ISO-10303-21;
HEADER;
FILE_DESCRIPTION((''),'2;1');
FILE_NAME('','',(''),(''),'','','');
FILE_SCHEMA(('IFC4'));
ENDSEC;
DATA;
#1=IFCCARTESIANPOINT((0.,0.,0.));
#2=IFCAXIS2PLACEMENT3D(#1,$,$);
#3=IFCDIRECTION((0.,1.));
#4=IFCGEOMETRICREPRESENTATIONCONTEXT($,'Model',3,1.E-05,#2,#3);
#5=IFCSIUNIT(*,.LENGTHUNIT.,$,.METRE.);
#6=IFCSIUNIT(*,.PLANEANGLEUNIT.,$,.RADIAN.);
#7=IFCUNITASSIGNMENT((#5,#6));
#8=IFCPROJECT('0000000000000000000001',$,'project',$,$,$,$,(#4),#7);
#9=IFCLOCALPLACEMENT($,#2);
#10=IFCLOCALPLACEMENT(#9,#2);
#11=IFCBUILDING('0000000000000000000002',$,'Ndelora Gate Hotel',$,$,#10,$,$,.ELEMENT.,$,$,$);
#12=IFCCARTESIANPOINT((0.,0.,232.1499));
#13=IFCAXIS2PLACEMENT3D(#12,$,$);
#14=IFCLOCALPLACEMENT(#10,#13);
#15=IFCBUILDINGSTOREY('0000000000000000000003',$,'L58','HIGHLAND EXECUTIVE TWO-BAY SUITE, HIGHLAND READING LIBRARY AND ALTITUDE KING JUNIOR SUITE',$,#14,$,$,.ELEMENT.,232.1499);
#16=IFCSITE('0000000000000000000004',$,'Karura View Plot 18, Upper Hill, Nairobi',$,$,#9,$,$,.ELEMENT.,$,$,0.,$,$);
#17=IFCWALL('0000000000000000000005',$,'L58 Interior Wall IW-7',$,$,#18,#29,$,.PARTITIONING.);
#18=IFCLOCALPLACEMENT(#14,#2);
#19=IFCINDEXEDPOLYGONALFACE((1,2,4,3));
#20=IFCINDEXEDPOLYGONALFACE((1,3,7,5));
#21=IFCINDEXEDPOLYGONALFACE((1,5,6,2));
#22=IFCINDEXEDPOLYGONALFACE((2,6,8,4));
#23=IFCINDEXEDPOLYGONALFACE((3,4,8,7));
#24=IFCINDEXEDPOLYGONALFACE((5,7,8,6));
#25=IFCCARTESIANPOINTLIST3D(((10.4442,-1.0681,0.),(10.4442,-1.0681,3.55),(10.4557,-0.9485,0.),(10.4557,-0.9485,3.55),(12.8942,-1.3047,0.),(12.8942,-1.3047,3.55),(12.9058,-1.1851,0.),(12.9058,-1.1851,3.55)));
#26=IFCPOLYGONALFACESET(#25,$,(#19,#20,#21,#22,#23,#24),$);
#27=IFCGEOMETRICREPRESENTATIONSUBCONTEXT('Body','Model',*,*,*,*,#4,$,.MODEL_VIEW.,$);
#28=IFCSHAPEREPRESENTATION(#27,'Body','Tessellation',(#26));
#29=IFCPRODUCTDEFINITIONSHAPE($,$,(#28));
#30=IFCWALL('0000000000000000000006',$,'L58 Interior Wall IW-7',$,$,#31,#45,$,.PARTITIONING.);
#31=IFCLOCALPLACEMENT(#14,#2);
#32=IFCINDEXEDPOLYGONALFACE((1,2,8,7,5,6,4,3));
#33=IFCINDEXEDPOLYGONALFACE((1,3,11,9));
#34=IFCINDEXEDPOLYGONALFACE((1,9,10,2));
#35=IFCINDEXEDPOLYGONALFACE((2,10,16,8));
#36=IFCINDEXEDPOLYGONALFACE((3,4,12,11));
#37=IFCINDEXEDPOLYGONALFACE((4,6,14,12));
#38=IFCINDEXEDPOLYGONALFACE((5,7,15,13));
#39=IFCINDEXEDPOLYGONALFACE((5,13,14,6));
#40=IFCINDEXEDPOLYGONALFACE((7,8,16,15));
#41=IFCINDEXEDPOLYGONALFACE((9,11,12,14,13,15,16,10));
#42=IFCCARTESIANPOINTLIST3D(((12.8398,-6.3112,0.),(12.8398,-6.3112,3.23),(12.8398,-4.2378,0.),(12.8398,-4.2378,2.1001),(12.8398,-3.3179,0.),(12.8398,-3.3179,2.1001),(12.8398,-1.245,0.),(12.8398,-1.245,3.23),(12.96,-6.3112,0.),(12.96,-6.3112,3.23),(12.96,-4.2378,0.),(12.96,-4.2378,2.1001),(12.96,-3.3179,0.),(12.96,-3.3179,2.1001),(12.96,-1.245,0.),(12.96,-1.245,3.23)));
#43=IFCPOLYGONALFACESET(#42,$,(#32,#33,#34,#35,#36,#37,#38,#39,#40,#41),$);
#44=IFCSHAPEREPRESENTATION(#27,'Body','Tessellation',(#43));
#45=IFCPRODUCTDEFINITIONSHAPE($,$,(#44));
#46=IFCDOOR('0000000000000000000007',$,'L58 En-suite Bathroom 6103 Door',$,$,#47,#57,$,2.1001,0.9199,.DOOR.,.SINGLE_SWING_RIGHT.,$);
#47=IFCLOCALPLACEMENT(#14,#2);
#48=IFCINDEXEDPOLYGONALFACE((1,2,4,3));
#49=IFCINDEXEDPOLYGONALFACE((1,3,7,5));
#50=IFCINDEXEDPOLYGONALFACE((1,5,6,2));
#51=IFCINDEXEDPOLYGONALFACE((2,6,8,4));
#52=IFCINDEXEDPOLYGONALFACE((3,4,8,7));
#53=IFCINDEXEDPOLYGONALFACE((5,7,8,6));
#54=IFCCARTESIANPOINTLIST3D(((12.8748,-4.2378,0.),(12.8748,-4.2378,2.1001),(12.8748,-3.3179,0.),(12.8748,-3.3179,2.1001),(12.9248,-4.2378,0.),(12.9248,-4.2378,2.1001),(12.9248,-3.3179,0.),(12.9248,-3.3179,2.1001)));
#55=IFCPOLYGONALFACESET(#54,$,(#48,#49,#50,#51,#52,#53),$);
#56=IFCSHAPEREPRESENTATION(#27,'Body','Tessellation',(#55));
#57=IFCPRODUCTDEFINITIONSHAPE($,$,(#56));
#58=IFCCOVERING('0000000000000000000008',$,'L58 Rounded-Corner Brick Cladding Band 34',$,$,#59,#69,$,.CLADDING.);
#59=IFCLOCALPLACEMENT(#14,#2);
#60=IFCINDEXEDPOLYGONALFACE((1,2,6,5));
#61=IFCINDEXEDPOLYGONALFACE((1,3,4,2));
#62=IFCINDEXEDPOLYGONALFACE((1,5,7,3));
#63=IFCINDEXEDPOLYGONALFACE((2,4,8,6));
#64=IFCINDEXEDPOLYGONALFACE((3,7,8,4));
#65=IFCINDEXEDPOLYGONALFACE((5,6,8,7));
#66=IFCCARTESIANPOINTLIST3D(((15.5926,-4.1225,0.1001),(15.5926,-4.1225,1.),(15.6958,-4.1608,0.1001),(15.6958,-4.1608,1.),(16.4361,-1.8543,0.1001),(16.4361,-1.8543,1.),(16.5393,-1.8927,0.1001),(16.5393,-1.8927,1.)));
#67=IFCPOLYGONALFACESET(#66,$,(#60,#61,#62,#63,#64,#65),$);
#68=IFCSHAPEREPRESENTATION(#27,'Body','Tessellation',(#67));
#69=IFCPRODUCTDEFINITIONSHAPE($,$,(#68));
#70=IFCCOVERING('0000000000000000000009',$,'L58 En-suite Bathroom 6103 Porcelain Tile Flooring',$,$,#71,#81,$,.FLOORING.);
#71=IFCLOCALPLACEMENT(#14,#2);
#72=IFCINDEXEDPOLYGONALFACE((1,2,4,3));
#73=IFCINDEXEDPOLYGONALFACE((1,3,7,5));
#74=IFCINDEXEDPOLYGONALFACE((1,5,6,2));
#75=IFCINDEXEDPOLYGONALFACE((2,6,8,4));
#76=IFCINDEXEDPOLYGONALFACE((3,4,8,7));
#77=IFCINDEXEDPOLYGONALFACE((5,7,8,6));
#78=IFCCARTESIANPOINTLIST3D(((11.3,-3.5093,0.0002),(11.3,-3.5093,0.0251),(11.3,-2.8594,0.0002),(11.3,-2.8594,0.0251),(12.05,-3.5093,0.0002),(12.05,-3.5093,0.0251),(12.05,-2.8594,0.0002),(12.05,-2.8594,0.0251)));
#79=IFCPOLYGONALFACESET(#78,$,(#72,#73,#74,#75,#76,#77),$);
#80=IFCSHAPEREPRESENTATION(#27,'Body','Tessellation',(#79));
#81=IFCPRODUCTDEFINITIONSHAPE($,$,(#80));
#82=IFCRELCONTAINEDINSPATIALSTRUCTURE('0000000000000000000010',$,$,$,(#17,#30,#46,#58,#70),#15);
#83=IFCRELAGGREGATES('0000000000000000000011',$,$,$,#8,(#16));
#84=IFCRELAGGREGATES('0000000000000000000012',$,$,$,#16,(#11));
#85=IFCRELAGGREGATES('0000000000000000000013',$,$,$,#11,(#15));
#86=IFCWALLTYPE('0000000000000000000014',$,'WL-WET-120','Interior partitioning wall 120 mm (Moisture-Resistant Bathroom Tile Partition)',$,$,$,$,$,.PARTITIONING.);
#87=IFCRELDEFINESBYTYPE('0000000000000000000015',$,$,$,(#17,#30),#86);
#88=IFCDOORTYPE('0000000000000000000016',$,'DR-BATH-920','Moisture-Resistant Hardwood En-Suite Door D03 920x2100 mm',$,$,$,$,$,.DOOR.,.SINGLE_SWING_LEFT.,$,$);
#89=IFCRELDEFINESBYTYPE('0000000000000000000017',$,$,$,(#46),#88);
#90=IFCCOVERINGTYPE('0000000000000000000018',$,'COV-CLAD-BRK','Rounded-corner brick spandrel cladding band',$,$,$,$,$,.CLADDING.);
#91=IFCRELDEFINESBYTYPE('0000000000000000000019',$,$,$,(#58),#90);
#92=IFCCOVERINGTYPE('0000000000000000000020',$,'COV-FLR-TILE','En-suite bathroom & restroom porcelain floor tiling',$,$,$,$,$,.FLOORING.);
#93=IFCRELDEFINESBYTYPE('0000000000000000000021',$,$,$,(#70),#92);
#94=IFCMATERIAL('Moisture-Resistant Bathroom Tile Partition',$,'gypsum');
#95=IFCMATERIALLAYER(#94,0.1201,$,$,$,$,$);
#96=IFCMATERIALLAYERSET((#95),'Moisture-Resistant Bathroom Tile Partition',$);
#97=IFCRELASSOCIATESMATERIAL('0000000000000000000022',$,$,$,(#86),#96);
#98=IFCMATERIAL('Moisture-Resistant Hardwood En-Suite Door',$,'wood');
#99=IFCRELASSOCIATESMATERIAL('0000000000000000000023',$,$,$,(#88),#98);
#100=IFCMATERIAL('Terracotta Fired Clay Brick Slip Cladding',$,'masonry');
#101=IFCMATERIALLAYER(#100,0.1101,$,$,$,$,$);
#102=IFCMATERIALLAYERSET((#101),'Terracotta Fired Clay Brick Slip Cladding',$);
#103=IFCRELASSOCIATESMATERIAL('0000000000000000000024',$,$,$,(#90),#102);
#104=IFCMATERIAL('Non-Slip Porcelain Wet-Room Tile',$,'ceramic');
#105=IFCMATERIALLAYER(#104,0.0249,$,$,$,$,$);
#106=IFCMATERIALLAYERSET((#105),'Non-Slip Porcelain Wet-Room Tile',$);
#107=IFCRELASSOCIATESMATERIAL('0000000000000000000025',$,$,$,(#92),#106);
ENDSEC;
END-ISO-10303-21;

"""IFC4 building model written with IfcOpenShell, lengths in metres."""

from ifc_helpers import new_model, si_unit, direction, frame, frame_2d, origin, origin_2d, place, context, subcontext, project, spatial, rectangle, extrude, material, layer, layer_set, type_object, element, fill, save


model = new_model("IFC4")

# Units and contexts
model_context = context("Model", 3, precision=1e-05, world=origin(), true_north=direction((0.0, 1.0)))
body_context = subcontext(model_context, "Body", "Model", "MODEL_VIEW")
ifc_project = project(units=[si_unit("LENGTHUNIT", "METRE"), si_unit("PLANEANGLEUNIT", "RADIAN")], contexts=[model_context])

# Site, building, storey
site_placement = place(None, origin())
site = spatial("IfcSite", under=ifc_project, at=site_placement, Name="Karura View Plot 18, Upper Hill, Nairobi", CompositionType="ELEMENT", RefElevation=0.0)
building_placement = place(site_placement, origin())
building = spatial("IfcBuilding", under=site, at=building_placement, Name="Ndelora Gate Hotel", CompositionType="ELEMENT")
storey_placement = place(building_placement, frame((0.0, 0.0, 232.1499)))
storey = spatial("IfcBuildingStorey", under=building, at=storey_placement, Name="L58", Description="HIGHLAND EXECUTIVE TWO-BAY SUITE, HIGHLAND READING LIBRARY AND ALTITUDE KING JUNIOR SUITE", CompositionType="ELEMENT", Elevation=232.1499)

# Wall
ifc_material_1 = material(Name="Moisture-Resistant Bathroom Tile Partition", Category="gypsum")
ifc_layer_1 = layer(ifc_material_1, 0.1201)
ifc_layer_set_1 = layer_set([ifc_layer_1], Name="Moisture-Resistant Bathroom Tile Partition")
wall_type_1 = type_object("IfcWallType", Name="WL-WET-120", Description="Interior partitioning wall 120 mm (Moisture-Resistant Bathroom Tile Partition)", PredefinedType="PARTITIONING", material=ifc_layer_set_1)
wall_1_placement = place(storey_placement, frame((10.45, -1.0083, 0.0), z_axis=(0.0, 0.0, 1.0), x_axis=(0.99537, -0.096115, 0.0)))
element("IfcWall", 1, at=wall_1_placement, inside=storey, type_object=wall_type_1, Name="L58 Interior Wall IW-7", PredefinedType="PARTITIONING", context=body_context, shape_type="SweptSolid", body=[
    extrude(rectangle(XDim=2.4614, YDim=0.1201, at=frame_2d((1.2307, 0.0))), origin(), (0.0, 0.0, 1.0), 3.55),
])

# Wall, opening, door
wall_2_placement = place(storey_placement, frame((12.8999, -1.2449, 0.0), z_axis=(0.0, 0.0, 1.0), x_axis=(0.0, -1.0, 0.0)))
wall_2 = element("IfcWall", 2, at=wall_2_placement, inside=storey, type_object=wall_type_1, Name="L58 Interior Wall IW-7", PredefinedType="PARTITIONING", context=body_context, shape_type="SweptSolid", body=[
    extrude(rectangle(XDim=5.0662, YDim=0.1201, at=frame_2d((2.5332, 0.0))), origin(), (0.0, 0.0, 1.0), 3.23),
])
opening_1_placement = place(wall_2_placement, frame((2.073, 0.0, 0.0)))
opening_1 = element("IfcOpeningElement", 3, at=opening_1_placement, cuts=wall_2, PredefinedType="OPENING", context=body_context, shape_type="SweptSolid", body=[
    extrude(rectangle(XDim=0.9199, YDim=2.1001, at=frame_2d((0.46, 1.05))), frame((0.0, 0.0701, 0.0), z_axis=(0.0, -1.0, 0.0), x_axis=(1.0, 0.0, 0.0)), (0.0, 0.0, 1.0), 0.1401),
])
ifc_material_2 = material(Name="Moisture-Resistant Hardwood En-Suite Door", Category="wood")
door_type = type_object("IfcDoorType", Name="DR-BATH-920", Description="Moisture-Resistant Hardwood En-Suite Door D03 920x2100 mm", OperationType="SINGLE_SWING_LEFT", PredefinedType="DOOR", material=ifc_material_2)
door_placement = place(opening_1_placement, origin())
door = element("IfcDoor", 4, at=door_placement, inside=storey, type_object=door_type, Name="L58 En-suite Bathroom 6103 Door", OperationType="SINGLE_SWING_RIGHT", OverallHeight=2.1001, OverallWidth=0.9199, PredefinedType="DOOR", context=body_context, shape_type="SweptSolid", body=[
    extrude(rectangle(XDim=0.9199, YDim=2.1001, at=frame_2d((0.46, 1.05))), frame((0.0, 0.0249, 0.0), z_axis=(0.0, -1.0, 0.0), x_axis=(1.0, 0.0, 0.0)), (0.0, 0.0, 1.0), 0.05),
])
fill(opening_1, door)

# Coverings
ifc_material_3 = material(Name="Terracotta Fired Clay Brick Slip Cladding", Category="masonry")
ifc_layer_2 = layer(ifc_material_3, 0.1101)
ifc_layer_set_2 = layer_set([ifc_layer_2], Name="Terracotta Fired Clay Brick Slip Cladding")
covering_type_1 = type_object("IfcCoveringType", Name="COV-CLAD-BRK", Description="Rounded-corner brick spandrel cladding band", PredefinedType="CLADDING", material=ifc_layer_set_2)
covering_1_placement = place(storey_placement, frame((16.0659, -3.0076, 0.1001), z_axis=(0.0, 0.0, 1.0), x_axis=(0.348572, 0.937282, 0.0)))
element("IfcCovering", 5, at=covering_1_placement, inside=storey, type_object=covering_type_1, Name="L58 Rounded-Corner Brick Cladding Band 34", PredefinedType="CLADDING", context=body_context, shape_type="SweptSolid", body=[
    extrude(rectangle(XDim=2.4199, YDim=0.1101, at=origin_2d()), origin(), (0.0, 0.0, 1.0), 0.8999),
])
ifc_material_4 = material(Name="Non-Slip Porcelain Wet-Room Tile", Category="ceramic")
ifc_layer_3 = layer(ifc_material_4, 0.0249)
ifc_layer_set_3 = layer_set([ifc_layer_3], Name="Non-Slip Porcelain Wet-Room Tile")
covering_type_2 = type_object("IfcCoveringType", Name="COV-FLR-TILE", Description="En-suite bathroom & restroom porcelain floor tiling", PredefinedType="FLOORING", material=ifc_layer_set_3)
covering_2_placement = place(storey_placement, frame((11.675, -3.1843, 0.0002), z_axis=(0.0, 0.0, 1.0), x_axis=(1.0, 0.0, 0.0)))
element("IfcCovering", 6, at=covering_2_placement, inside=storey, type_object=covering_type_2, Name="L58 En-suite Bathroom 6103 Porcelain Tile Flooring", PredefinedType="FLOORING", context=body_context, shape_type="SweptSolid", body=[
    extrude(rectangle(XDim=0.75, YDim=0.6499, at=origin_2d()), origin(), (0.0, 0.0, 1.0), 0.0249),
])

save(model, "model.ifc")
